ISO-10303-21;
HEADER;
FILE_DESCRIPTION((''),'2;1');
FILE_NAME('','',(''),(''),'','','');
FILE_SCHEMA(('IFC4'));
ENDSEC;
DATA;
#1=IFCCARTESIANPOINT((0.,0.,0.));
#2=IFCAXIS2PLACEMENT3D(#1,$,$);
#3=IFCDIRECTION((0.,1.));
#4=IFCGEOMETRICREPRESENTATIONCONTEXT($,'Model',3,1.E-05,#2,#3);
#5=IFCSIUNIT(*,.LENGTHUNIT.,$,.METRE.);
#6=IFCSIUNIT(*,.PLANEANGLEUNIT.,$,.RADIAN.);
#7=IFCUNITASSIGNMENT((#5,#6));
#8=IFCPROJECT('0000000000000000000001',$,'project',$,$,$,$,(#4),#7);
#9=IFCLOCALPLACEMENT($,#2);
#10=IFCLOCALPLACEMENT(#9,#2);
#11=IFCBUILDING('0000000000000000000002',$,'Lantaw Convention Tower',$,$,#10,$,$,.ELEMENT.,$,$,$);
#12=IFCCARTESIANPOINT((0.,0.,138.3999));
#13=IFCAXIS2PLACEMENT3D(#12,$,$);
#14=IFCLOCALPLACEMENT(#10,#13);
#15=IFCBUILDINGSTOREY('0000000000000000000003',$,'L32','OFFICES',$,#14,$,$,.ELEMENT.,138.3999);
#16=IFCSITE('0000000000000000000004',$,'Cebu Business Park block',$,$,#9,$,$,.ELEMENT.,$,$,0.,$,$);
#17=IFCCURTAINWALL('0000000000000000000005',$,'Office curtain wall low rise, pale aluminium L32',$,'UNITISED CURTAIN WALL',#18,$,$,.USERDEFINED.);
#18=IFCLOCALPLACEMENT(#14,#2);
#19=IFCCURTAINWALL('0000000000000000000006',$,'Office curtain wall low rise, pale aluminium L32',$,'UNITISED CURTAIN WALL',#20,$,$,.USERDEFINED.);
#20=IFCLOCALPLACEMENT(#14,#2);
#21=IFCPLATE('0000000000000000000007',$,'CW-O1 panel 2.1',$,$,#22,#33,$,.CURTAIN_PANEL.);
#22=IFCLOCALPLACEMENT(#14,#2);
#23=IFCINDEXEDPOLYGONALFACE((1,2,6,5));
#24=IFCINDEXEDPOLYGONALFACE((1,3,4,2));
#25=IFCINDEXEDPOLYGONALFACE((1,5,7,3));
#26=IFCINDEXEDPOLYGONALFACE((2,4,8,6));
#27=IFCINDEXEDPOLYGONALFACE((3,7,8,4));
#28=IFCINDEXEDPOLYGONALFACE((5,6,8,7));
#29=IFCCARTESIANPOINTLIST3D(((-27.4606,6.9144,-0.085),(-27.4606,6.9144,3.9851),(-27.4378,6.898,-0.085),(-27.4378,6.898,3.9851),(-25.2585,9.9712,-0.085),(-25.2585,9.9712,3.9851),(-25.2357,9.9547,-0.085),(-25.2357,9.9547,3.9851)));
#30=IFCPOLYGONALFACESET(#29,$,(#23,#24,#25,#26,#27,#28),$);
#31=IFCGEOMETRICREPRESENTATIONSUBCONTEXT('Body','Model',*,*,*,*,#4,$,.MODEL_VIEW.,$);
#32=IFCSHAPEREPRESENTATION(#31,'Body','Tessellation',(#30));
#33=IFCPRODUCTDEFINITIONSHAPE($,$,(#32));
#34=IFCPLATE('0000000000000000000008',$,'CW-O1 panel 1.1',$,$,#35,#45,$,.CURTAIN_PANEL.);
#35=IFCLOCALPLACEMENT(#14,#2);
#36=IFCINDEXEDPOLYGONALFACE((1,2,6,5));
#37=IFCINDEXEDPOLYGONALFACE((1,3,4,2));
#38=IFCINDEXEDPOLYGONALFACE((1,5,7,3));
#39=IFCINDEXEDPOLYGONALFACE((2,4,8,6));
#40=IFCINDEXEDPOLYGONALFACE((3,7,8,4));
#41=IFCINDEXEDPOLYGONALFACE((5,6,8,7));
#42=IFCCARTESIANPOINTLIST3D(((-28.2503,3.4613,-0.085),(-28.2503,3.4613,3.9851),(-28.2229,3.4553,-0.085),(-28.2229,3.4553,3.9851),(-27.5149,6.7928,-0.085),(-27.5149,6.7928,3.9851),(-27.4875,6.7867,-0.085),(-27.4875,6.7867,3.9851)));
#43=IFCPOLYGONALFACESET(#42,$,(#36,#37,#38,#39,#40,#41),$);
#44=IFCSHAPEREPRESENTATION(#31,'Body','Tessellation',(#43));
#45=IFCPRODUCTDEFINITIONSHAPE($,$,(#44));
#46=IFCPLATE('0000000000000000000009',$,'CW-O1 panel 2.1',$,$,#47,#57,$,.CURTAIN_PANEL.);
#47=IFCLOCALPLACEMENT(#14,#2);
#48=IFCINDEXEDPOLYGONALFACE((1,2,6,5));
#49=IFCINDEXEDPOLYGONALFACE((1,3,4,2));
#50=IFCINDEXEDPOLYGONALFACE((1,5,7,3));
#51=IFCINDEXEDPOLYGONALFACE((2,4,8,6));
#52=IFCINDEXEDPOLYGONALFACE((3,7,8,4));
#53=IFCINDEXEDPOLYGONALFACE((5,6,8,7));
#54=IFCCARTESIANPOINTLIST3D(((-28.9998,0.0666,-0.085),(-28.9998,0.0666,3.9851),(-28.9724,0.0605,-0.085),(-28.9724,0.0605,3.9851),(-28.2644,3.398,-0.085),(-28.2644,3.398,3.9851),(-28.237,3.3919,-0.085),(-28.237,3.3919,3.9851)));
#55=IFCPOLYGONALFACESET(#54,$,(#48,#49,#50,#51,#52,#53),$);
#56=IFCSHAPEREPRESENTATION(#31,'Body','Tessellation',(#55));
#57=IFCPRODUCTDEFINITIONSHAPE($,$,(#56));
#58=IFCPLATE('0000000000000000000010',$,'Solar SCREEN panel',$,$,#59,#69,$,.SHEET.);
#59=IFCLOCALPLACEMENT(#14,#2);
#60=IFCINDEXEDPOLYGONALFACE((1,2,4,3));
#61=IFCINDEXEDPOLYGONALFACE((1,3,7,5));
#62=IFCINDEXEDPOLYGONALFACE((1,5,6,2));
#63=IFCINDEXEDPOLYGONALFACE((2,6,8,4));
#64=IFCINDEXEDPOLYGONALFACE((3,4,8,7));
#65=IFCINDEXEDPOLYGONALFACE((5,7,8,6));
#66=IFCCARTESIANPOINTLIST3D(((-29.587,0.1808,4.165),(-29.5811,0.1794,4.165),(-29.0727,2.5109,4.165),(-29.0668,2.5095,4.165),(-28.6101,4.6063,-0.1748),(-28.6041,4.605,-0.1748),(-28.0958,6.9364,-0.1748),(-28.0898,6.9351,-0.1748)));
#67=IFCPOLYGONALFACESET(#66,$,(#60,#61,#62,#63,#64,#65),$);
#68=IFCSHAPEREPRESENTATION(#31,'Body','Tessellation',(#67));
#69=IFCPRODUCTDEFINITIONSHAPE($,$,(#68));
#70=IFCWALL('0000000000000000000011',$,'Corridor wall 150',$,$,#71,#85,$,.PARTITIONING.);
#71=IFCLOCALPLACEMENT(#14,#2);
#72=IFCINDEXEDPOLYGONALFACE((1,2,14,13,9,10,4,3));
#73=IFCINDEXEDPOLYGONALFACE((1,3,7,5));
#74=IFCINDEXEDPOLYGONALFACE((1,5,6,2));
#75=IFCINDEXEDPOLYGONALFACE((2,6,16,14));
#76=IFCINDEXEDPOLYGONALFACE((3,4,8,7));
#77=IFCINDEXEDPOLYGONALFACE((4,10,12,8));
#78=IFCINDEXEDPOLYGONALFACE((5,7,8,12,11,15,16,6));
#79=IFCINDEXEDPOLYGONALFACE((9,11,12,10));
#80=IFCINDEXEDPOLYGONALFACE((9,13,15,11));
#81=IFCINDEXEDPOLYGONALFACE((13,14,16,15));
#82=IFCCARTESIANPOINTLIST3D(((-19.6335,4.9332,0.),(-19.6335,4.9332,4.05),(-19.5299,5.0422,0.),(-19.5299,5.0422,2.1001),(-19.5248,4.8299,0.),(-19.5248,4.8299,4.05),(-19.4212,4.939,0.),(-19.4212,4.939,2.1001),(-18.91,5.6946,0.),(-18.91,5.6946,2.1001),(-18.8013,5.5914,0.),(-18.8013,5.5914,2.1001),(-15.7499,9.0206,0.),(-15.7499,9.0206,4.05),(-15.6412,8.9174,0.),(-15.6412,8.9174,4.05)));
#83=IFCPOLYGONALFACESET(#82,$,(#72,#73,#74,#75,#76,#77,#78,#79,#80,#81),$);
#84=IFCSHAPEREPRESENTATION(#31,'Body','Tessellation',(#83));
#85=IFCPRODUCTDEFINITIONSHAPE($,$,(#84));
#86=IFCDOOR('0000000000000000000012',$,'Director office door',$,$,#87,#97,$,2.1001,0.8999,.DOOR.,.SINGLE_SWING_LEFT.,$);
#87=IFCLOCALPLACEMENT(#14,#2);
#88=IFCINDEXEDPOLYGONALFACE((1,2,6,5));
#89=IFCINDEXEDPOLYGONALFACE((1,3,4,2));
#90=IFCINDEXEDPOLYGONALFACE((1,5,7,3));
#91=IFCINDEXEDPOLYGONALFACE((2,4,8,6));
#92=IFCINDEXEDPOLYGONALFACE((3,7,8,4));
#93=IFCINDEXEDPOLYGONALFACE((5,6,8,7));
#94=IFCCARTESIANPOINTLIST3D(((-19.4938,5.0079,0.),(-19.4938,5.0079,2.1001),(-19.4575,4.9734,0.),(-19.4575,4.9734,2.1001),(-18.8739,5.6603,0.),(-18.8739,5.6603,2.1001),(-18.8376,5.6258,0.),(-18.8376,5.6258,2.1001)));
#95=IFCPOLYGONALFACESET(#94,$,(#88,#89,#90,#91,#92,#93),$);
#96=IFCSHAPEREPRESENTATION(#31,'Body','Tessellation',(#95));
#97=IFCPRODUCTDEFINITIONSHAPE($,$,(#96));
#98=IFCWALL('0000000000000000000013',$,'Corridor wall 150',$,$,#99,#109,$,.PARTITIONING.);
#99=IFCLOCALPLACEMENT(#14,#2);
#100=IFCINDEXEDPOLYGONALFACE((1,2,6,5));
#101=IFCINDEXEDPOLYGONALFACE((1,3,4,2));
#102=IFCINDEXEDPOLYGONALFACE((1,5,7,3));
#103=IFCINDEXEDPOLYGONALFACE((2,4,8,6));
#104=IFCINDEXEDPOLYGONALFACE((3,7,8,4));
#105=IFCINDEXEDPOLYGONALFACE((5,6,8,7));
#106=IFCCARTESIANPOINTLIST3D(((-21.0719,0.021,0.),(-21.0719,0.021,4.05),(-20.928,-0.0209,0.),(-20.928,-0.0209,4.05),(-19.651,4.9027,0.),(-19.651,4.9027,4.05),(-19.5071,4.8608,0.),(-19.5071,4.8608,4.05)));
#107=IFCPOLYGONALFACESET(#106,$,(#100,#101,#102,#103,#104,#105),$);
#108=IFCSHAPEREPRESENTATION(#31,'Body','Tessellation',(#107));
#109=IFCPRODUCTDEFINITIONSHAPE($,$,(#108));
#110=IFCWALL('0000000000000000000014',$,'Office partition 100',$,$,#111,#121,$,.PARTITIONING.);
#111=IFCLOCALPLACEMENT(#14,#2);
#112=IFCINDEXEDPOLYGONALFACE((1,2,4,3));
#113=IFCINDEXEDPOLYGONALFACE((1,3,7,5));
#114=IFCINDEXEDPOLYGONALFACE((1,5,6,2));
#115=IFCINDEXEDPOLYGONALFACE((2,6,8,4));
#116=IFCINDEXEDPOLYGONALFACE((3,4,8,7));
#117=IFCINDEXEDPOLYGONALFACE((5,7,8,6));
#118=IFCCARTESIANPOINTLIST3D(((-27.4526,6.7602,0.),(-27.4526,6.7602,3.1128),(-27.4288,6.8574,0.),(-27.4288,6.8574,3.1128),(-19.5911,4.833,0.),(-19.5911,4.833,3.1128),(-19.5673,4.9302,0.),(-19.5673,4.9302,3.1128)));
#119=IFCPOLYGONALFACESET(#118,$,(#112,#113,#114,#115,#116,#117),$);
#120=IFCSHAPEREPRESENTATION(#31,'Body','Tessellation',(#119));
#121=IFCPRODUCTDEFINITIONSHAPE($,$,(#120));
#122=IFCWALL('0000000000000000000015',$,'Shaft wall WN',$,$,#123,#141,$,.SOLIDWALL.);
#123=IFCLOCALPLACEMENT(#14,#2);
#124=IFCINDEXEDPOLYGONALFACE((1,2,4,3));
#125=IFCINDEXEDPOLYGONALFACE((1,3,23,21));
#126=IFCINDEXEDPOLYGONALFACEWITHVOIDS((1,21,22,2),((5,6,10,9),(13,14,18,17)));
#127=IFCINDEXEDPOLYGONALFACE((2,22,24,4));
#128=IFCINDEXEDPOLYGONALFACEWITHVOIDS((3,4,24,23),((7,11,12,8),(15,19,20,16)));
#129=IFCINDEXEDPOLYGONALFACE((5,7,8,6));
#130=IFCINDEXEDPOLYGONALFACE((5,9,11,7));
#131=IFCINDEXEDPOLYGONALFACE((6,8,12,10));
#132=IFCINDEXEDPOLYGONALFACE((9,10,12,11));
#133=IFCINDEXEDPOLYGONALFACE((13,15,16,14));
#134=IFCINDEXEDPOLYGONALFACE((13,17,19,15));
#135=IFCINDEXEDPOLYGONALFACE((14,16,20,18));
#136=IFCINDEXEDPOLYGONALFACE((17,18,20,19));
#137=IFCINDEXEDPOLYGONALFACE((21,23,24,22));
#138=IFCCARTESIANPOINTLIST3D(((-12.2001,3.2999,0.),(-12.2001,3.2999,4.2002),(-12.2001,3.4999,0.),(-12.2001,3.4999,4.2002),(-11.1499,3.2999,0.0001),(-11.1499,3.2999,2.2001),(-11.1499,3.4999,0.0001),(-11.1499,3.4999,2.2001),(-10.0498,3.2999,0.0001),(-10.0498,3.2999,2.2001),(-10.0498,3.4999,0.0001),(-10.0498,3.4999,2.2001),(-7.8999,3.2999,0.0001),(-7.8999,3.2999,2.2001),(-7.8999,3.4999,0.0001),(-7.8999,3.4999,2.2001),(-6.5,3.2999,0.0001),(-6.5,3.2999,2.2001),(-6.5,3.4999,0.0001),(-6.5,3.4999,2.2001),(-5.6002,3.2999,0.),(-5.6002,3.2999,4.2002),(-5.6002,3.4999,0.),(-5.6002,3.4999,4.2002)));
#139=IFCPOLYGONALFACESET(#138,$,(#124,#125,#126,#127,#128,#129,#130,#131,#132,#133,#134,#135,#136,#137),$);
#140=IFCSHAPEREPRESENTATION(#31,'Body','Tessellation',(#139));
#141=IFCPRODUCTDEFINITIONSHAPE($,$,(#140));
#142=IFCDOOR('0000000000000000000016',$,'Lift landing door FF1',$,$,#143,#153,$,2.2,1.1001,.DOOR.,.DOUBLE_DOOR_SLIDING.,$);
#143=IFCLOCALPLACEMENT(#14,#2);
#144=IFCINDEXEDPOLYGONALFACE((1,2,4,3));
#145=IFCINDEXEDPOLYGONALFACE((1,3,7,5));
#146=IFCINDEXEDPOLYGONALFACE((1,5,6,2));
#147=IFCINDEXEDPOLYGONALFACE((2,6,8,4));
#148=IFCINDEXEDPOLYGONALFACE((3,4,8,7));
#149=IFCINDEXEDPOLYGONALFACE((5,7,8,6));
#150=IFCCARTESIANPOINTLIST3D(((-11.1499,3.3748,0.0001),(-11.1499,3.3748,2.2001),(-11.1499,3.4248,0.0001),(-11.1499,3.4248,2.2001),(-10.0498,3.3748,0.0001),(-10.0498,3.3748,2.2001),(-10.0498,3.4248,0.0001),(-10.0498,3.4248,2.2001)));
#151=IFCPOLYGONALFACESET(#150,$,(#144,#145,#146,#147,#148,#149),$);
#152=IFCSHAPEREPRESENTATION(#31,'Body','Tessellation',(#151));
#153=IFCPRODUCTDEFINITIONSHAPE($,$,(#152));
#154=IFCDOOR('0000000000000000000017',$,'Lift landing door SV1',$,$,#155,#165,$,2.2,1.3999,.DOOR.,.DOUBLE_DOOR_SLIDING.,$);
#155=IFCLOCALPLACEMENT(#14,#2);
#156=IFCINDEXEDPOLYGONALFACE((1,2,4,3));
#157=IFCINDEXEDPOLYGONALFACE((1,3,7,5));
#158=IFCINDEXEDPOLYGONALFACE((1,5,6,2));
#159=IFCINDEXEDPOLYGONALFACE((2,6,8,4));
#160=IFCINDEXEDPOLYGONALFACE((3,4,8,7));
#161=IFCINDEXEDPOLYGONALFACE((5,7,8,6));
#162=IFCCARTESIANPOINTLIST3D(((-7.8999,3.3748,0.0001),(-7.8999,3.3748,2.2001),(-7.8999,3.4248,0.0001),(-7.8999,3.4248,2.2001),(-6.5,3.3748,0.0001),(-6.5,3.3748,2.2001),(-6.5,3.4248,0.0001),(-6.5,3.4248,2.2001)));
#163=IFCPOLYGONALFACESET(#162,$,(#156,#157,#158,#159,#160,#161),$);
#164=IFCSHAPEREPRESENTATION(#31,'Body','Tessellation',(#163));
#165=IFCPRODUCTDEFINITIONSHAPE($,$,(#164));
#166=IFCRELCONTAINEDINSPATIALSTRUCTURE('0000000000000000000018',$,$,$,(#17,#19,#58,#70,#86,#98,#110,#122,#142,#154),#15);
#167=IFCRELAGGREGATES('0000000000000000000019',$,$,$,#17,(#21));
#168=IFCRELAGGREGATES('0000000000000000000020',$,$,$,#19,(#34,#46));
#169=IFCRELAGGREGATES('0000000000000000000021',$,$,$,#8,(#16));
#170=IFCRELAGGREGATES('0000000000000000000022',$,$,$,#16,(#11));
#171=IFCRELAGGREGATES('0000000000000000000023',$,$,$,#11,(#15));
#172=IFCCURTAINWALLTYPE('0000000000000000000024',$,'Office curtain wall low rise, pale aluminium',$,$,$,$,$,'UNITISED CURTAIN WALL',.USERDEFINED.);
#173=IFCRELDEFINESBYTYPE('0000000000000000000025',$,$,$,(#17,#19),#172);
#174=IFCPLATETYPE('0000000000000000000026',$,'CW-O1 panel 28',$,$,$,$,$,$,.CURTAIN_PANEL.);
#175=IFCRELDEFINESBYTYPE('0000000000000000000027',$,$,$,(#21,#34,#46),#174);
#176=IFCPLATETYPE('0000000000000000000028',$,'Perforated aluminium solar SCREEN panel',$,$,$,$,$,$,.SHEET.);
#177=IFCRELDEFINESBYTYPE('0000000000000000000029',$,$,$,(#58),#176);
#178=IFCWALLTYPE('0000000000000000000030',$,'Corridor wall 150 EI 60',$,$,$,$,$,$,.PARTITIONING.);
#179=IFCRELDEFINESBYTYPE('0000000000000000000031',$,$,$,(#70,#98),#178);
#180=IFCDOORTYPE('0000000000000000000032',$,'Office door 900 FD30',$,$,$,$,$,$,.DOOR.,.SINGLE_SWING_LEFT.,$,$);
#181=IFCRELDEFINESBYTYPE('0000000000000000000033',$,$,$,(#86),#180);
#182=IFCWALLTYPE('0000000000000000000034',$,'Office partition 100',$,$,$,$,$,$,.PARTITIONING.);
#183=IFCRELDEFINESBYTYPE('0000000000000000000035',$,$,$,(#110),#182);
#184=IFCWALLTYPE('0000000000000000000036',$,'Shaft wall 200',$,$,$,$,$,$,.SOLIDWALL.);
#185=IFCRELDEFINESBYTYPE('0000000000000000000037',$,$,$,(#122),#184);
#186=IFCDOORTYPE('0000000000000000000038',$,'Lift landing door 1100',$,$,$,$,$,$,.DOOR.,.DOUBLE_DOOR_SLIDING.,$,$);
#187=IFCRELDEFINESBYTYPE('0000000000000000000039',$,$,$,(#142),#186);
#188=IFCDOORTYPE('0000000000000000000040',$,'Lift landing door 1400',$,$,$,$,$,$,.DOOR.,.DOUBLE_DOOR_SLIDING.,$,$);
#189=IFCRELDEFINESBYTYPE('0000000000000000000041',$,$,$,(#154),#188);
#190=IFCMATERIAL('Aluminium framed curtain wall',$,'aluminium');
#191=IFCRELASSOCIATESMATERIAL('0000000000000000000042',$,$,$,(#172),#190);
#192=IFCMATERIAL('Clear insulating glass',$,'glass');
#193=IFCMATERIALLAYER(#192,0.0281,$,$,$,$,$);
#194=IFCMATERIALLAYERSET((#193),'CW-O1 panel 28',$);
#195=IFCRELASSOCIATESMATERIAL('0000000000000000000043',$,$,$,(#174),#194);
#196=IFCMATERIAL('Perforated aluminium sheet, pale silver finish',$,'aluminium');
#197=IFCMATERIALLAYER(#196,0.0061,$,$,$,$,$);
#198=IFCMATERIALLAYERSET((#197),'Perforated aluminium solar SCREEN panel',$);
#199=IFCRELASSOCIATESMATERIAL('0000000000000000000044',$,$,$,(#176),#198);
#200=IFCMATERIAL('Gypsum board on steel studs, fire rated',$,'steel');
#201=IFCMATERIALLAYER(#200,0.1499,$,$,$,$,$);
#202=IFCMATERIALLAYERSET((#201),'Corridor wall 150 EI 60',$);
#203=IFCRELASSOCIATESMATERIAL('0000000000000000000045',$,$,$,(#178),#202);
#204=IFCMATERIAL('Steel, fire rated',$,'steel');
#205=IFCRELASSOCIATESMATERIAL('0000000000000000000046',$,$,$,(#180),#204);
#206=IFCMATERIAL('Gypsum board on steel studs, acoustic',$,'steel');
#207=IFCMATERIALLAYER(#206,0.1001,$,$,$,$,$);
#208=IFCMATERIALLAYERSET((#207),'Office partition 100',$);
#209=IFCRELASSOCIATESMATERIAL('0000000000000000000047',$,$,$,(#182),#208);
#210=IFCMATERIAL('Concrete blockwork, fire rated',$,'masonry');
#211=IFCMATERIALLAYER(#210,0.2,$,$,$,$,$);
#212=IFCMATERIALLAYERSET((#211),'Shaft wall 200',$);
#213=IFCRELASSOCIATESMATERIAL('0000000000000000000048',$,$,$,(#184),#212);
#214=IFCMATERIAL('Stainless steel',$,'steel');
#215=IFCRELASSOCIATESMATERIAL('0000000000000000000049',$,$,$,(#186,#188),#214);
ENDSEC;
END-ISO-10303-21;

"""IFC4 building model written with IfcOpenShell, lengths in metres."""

from ifc_helpers import new_model, si_unit, direction, frame, frame_2d, origin, origin_2d, place, context, subcontext, project, spatial, polyline, rectangle, outline, extrude, material, layer, layer_set, type_object, element, fill, aggregate, save


model = new_model("IFC4")

# Units and contexts
model_context = context("Model", 3, precision=1e-05, world=origin(), true_north=direction((0.0, 1.0)))
body_context = subcontext(model_context, "Body", "Model", "MODEL_VIEW")
ifc_project = project(units=[si_unit("LENGTHUNIT", "METRE"), si_unit("PLANEANGLEUNIT", "RADIAN")], contexts=[model_context])

# Site, building, storey
site_placement = place(None, origin())
site = spatial("IfcSite", under=ifc_project, at=site_placement, Name="Cebu Business Park block", CompositionType="ELEMENT", RefElevation=0.0)
building_placement = place(site_placement, origin())
building = spatial("IfcBuilding", under=site, at=building_placement, Name="Lantaw Convention Tower", CompositionType="ELEMENT")
storey_placement = place(building_placement, frame((0.0, 0.0, 138.3999)))
storey = spatial("IfcBuildingStorey", under=building, at=storey_placement, Name="L32", Description="OFFICES", CompositionType="ELEMENT", Elevation=138.3999)

# Curtain wall
ifc_material_1 = material(Name="Aluminium framed curtain wall", Category="aluminium")
curtain_wall_type = type_object("IfcCurtainWallType", Name="Office curtain wall low rise, pale aluminium", ElementType="UNITISED CURTAIN WALL", PredefinedType="USERDEFINED", material=ifc_material_1)
curtain_wall_1_placement = place(storey_placement, origin())
curtain_wall_1 = element("IfcCurtainWall", 1, at=curtain_wall_1_placement, inside=storey, type_object=curtain_wall_type, Name="Office curtain wall low rise, pale aluminium L32", ObjectType="UNITISED CURTAIN WALL", PredefinedType="USERDEFINED")

# Curtain wall
curtain_wall_2_placement = place(storey_placement, origin())
curtain_wall_2 = element("IfcCurtainWall", 2, at=curtain_wall_2_placement, inside=storey, type_object=curtain_wall_type, Name="Office curtain wall low rise, pale aluminium L32", ObjectType="UNITISED CURTAIN WALL", PredefinedType="USERDEFINED")

# Plates
ifc_material_2 = material(Name="Clear insulating glass", Category="glass")
ifc_layer_1 = layer(ifc_material_2, 0.0281)
ifc_layer_set_1 = layer_set([ifc_layer_1], Name="CW-O1 panel 28")
plate_type_1 = type_object("IfcPlateType", Name="CW-O1 panel 28", PredefinedType="CURTAIN_PANEL", material=ifc_layer_set_1)
plate_1_placement = place(storey_placement, frame((-26.3481, 8.4346, -0.085), z_axis=(0.0, 0.0, 1.0), x_axis=(-0.584513, -0.811385, 0.0)))
plate_1 = element("IfcPlate", 3, at=plate_1_placement, type_object=plate_type_1, Name="CW-O1 panel 2.1", PredefinedType="CURTAIN_PANEL", context=body_context, shape_type="SweptSolid", body=[
    extrude(rectangle(XDim=3.7673, YDim=0.0281, at=origin_2d()), origin(), (0.0, 0.0, 1.0), 4.0701),
])
aggregate(curtain_wall_1, [plate_1])
plate_2_placement = place(storey_placement, frame((-27.8689, 5.124, -0.085), z_axis=(0.0, 0.0, 1.0), x_axis=(-0.215546, -0.976494, 0.0)))
plate_2 = element("IfcPlate", 4, at=plate_2_placement, type_object=plate_type_1, Name="CW-O1 panel 1.1", PredefinedType="CURTAIN_PANEL", context=body_context, shape_type="SweptSolid", body=[
    extrude(rectangle(XDim=3.4116, YDim=0.0281, at=origin_2d()), origin(), (0.0, 0.0, 1.0), 4.0701),
])
plate_3_placement = place(storey_placement, frame((-28.6184, 1.7292, -0.085), z_axis=(0.0, 0.0, 1.0), x_axis=(-0.215546, -0.976494, 0.0)))
plate_3 = element("IfcPlate", 5, at=plate_3_placement, type_object=plate_type_1, Name="CW-O1 panel 2.1", PredefinedType="CURTAIN_PANEL", context=body_context, shape_type="SweptSolid", body=[
    extrude(rectangle(XDim=3.4116, YDim=0.0281, at=origin_2d()), origin(), (0.0, 0.0, 1.0), 4.0701),
])
aggregate(curtain_wall_2, [plate_2, plate_3])
ifc_material_3 = material(Name="Perforated aluminium sheet, pale silver finish", Category="aluminium")
ifc_layer_2 = layer(ifc_material_3, 0.0061)
ifc_layer_set_2 = layer_set([ifc_layer_2], Name="Perforated aluminium solar SCREEN panel")
plate_type_2 = type_object("IfcPlateType", Name="Perforated aluminium solar SCREEN panel", PredefinedType="SHEET", material=ifc_layer_set_2)
plate_4_placement = place(storey_placement, frame((-28.0898, 6.9351, -0.1748), z_axis=(0.976498, -0.215527, 0.000033), x_axis=(-0.215527, -0.976498, 0.0)))
element("IfcPlate", 6, at=plate_4_placement, inside=storey, type_object=plate_type_2, Name="Solar SCREEN panel", PredefinedType="SHEET", context=body_context, shape_type="SweptSolid", body=[
    extrude(outline(polyline([(0.0, 0.0), (2.3861, 0.0), (6.9182, -4.3398), (4.5321, -4.3398), (0.0, 0.0)])), origin(), (0.0, 0.0, -1.0), 0.0061),
])

# Wall, opening, door
ifc_material_4 = material(Name="Gypsum board on steel studs, fire rated", Category="steel")
ifc_layer_3 = layer(ifc_material_4, 0.1499)
ifc_layer_set_3 = layer_set([ifc_layer_3], Name="Corridor wall 150 EI 60")
wall_type_1 = type_object("IfcWallType", Name="Corridor wall 150 EI 60", PredefinedType="PARTITIONING", material=ifc_layer_set_3)
wall_1_placement = place(storey_placement, frame((-15.6956, 8.969, 0.0), z_axis=(0.0, 0.0, 1.0), x_axis=(-0.688797, -0.724954, 0.0)))
wall_1 = element("IfcWall", 7, at=wall_1_placement, inside=storey, type_object=wall_type_1, Name="Corridor wall 150", PredefinedType="PARTITIONING", context=body_context, shape_type="SweptSolid", body=[
    extrude(rectangle(XDim=5.6382, YDim=0.1499, at=frame_2d((2.8191, 0.0))), origin(), (0.0, 0.0, 1.0), 4.05),
])
opening_1_placement = place(wall_1_placement, frame((4.5879, 0.0, 0.0)))
opening_1 = element("IfcOpeningElement", 8, at=opening_1_placement, cuts=wall_1, PredefinedType="OPENING", context=body_context, shape_type="SweptSolid", body=[
    extrude(rectangle(XDim=0.8999, YDim=2.1001, at=frame_2d((0.45, 1.05))), frame((0.0, 0.085, 0.0), z_axis=(0.0, -1.0, 0.0), x_axis=(1.0, 0.0, 0.0)), (0.0, 0.0, 1.0), 0.1699),
])
ifc_material_5 = material(Name="Steel, fire rated", Category="steel")
door_type_1 = type_object("IfcDoorType", Name="Office door 900 FD30", OperationType="SINGLE_SWING_LEFT", PredefinedType="DOOR", material=ifc_material_5)
door_1_placement = place(opening_1_placement, origin())
door_1 = element("IfcDoor", 9, at=door_1_placement, inside=storey, type_object=door_type_1, Name="Director office door", OperationType="SINGLE_SWING_LEFT", OverallHeight=2.1001, OverallWidth=0.8999, PredefinedType="DOOR", context=body_context, shape_type="SweptSolid", body=[
    extrude(rectangle(XDim=0.8999, YDim=2.1001, at=frame_2d((0.45, 1.05))), frame((0.0, 0.0249, 0.0), z_axis=(0.0, -1.0, 0.0), x_axis=(1.0, 0.0, 0.0)), (0.0, 0.0, 1.0), 0.05),
])
fill(opening_1, door_1)

# Walls
wall_2_placement = place(storey_placement, frame((-19.5791, 4.8816, 0.0), z_axis=(0.0, 0.0, 1.0), x_axis=(-0.279474, -0.960153, 0.0)))
element("IfcWall", 10, at=wall_2_placement, inside=storey, type_object=wall_type_1, Name="Corridor wall 150", PredefinedType="PARTITIONING", context=body_context, shape_type="SweptSolid", body=[
    extrude(rectangle(XDim=5.0842, YDim=0.1499, at=frame_2d((2.542, 0.0))), origin(), (0.0, 0.0, 1.0), 4.05),
])
ifc_material_6 = material(Name="Gypsum board on steel studs, acoustic", Category="steel")
ifc_layer_4 = layer(ifc_material_6, 0.1001)
ifc_layer_set_4 = layer_set([ifc_layer_4], Name="Office partition 100")
wall_type_2 = type_object("IfcWallType", Name="Office partition 100", PredefinedType="PARTITIONING", material=ifc_layer_set_4)
wall_3_placement = place(storey_placement, frame((-27.4407, 6.8088, 0.0), z_axis=(0.0, 0.0, 1.0), x_axis=(0.971241, -0.238098, 0.0)))
element("IfcWall", 11, at=wall_3_placement, inside=storey, type_object=wall_type_2, Name="Office partition 100", PredefinedType="PARTITIONING", context=body_context, shape_type="SweptSolid", body=[
    extrude(rectangle(XDim=8.0942, YDim=0.1001, at=frame_2d((4.0471, 0.0))), origin(), (0.0, 0.0, 1.0), 3.1128),
])

# Wall, openings, doors
ifc_material_7 = material(Name="Concrete blockwork, fire rated", Category="masonry")
ifc_layer_5 = layer(ifc_material_7, 0.2)
ifc_layer_set_5 = layer_set([ifc_layer_5], Name="Shaft wall 200")
wall_type_3 = type_object("IfcWallType", Name="Shaft wall 200", PredefinedType="SOLIDWALL", material=ifc_layer_set_5)
wall_4_placement = place(storey_placement, frame((-12.2, 3.3999, 0.0), z_axis=(0.0, 0.0, 1.0), x_axis=(1.0, 0.0, 0.0)))
wall_4 = element("IfcWall", 12, at=wall_4_placement, inside=storey, type_object=wall_type_3, Name="Shaft wall WN", PredefinedType="SOLIDWALL", context=body_context, shape_type="SweptSolid", body=[
    extrude(rectangle(XDim=6.5999, YDim=0.2, at=frame_2d((3.2998, 0.0))), origin(), (0.0, 0.0, 1.0), 4.2002),
])
opening_2_placement = place(wall_4_placement, frame((1.05, 0.0, 0.0)))
opening_2 = element("IfcOpeningElement", 13, at=opening_2_placement, cuts=wall_4, PredefinedType="OPENING", context=body_context, shape_type="SweptSolid", body=[
    extrude(rectangle(XDim=1.1001, YDim=2.2, at=frame_2d((0.55, 1.1001))), frame((0.0, 0.1099, 0.0), z_axis=(0.0, -1.0, 0.0), x_axis=(1.0, 0.0, 0.0)), (0.0, 0.0, 1.0), 0.22),
])
opening_3_placement = place(wall_4_placement, frame((4.3, 0.0, 0.0)))
opening_3 = element("IfcOpeningElement", 14, at=opening_3_placement, cuts=wall_4, PredefinedType="OPENING", context=body_context, shape_type="SweptSolid", body=[
    extrude(rectangle(XDim=1.3999, YDim=2.2, at=frame_2d((0.7, 1.1001))), frame((0.0, 0.1099, 0.0), z_axis=(0.0, -1.0, 0.0), x_axis=(1.0, 0.0, 0.0)), (0.0, 0.0, 1.0), 0.22),
])
ifc_material_8 = material(Name="Stainless steel", Category="steel")
door_type_2 = type_object("IfcDoorType", Name="Lift landing door 1100", OperationType="DOUBLE_DOOR_SLIDING", PredefinedType="DOOR", material=ifc_material_8)
door_2_placement = place(opening_2_placement, origin())
door_2 = element("IfcDoor", 15, at=door_2_placement, inside=storey, type_object=door_type_2, Name="Lift landing door FF1", OperationType="DOUBLE_DOOR_SLIDING", OverallHeight=2.2, OverallWidth=1.1001, PredefinedType="DOOR", context=body_context, shape_type="SweptSolid", body=[
    extrude(rectangle(XDim=1.1001, YDim=2.2, at=frame_2d((0.55, 1.1001))), frame((0.0, 0.0249, 0.0), z_axis=(0.0, -1.0, 0.0), x_axis=(1.0, 0.0, 0.0)), (0.0, 0.0, 1.0), 0.05),
])
fill(opening_2, door_2)
door_type_3 = type_object("IfcDoorType", Name="Lift landing door 1400", OperationType="DOUBLE_DOOR_SLIDING", PredefinedType="DOOR", material=ifc_material_8)
door_3_placement = place(opening_3_placement, origin())
door_3 = element("IfcDoor", 16, at=door_3_placement, inside=storey, type_object=door_type_3, Name="Lift landing door SV1", OperationType="DOUBLE_DOOR_SLIDING", OverallHeight=2.2, OverallWidth=1.3999, PredefinedType="DOOR", context=body_context, shape_type="SweptSolid", body=[
    extrude(rectangle(XDim=1.3999, YDim=2.2, at=frame_2d((0.7, 1.1001))), frame((0.0, 0.0249, 0.0), z_axis=(0.0, -1.0, 0.0), x_axis=(1.0, 0.0, 0.0)), (0.0, 0.0, 1.0), 0.05),
])
fill(opening_3, door_3)

save(model, "model.ifc")
